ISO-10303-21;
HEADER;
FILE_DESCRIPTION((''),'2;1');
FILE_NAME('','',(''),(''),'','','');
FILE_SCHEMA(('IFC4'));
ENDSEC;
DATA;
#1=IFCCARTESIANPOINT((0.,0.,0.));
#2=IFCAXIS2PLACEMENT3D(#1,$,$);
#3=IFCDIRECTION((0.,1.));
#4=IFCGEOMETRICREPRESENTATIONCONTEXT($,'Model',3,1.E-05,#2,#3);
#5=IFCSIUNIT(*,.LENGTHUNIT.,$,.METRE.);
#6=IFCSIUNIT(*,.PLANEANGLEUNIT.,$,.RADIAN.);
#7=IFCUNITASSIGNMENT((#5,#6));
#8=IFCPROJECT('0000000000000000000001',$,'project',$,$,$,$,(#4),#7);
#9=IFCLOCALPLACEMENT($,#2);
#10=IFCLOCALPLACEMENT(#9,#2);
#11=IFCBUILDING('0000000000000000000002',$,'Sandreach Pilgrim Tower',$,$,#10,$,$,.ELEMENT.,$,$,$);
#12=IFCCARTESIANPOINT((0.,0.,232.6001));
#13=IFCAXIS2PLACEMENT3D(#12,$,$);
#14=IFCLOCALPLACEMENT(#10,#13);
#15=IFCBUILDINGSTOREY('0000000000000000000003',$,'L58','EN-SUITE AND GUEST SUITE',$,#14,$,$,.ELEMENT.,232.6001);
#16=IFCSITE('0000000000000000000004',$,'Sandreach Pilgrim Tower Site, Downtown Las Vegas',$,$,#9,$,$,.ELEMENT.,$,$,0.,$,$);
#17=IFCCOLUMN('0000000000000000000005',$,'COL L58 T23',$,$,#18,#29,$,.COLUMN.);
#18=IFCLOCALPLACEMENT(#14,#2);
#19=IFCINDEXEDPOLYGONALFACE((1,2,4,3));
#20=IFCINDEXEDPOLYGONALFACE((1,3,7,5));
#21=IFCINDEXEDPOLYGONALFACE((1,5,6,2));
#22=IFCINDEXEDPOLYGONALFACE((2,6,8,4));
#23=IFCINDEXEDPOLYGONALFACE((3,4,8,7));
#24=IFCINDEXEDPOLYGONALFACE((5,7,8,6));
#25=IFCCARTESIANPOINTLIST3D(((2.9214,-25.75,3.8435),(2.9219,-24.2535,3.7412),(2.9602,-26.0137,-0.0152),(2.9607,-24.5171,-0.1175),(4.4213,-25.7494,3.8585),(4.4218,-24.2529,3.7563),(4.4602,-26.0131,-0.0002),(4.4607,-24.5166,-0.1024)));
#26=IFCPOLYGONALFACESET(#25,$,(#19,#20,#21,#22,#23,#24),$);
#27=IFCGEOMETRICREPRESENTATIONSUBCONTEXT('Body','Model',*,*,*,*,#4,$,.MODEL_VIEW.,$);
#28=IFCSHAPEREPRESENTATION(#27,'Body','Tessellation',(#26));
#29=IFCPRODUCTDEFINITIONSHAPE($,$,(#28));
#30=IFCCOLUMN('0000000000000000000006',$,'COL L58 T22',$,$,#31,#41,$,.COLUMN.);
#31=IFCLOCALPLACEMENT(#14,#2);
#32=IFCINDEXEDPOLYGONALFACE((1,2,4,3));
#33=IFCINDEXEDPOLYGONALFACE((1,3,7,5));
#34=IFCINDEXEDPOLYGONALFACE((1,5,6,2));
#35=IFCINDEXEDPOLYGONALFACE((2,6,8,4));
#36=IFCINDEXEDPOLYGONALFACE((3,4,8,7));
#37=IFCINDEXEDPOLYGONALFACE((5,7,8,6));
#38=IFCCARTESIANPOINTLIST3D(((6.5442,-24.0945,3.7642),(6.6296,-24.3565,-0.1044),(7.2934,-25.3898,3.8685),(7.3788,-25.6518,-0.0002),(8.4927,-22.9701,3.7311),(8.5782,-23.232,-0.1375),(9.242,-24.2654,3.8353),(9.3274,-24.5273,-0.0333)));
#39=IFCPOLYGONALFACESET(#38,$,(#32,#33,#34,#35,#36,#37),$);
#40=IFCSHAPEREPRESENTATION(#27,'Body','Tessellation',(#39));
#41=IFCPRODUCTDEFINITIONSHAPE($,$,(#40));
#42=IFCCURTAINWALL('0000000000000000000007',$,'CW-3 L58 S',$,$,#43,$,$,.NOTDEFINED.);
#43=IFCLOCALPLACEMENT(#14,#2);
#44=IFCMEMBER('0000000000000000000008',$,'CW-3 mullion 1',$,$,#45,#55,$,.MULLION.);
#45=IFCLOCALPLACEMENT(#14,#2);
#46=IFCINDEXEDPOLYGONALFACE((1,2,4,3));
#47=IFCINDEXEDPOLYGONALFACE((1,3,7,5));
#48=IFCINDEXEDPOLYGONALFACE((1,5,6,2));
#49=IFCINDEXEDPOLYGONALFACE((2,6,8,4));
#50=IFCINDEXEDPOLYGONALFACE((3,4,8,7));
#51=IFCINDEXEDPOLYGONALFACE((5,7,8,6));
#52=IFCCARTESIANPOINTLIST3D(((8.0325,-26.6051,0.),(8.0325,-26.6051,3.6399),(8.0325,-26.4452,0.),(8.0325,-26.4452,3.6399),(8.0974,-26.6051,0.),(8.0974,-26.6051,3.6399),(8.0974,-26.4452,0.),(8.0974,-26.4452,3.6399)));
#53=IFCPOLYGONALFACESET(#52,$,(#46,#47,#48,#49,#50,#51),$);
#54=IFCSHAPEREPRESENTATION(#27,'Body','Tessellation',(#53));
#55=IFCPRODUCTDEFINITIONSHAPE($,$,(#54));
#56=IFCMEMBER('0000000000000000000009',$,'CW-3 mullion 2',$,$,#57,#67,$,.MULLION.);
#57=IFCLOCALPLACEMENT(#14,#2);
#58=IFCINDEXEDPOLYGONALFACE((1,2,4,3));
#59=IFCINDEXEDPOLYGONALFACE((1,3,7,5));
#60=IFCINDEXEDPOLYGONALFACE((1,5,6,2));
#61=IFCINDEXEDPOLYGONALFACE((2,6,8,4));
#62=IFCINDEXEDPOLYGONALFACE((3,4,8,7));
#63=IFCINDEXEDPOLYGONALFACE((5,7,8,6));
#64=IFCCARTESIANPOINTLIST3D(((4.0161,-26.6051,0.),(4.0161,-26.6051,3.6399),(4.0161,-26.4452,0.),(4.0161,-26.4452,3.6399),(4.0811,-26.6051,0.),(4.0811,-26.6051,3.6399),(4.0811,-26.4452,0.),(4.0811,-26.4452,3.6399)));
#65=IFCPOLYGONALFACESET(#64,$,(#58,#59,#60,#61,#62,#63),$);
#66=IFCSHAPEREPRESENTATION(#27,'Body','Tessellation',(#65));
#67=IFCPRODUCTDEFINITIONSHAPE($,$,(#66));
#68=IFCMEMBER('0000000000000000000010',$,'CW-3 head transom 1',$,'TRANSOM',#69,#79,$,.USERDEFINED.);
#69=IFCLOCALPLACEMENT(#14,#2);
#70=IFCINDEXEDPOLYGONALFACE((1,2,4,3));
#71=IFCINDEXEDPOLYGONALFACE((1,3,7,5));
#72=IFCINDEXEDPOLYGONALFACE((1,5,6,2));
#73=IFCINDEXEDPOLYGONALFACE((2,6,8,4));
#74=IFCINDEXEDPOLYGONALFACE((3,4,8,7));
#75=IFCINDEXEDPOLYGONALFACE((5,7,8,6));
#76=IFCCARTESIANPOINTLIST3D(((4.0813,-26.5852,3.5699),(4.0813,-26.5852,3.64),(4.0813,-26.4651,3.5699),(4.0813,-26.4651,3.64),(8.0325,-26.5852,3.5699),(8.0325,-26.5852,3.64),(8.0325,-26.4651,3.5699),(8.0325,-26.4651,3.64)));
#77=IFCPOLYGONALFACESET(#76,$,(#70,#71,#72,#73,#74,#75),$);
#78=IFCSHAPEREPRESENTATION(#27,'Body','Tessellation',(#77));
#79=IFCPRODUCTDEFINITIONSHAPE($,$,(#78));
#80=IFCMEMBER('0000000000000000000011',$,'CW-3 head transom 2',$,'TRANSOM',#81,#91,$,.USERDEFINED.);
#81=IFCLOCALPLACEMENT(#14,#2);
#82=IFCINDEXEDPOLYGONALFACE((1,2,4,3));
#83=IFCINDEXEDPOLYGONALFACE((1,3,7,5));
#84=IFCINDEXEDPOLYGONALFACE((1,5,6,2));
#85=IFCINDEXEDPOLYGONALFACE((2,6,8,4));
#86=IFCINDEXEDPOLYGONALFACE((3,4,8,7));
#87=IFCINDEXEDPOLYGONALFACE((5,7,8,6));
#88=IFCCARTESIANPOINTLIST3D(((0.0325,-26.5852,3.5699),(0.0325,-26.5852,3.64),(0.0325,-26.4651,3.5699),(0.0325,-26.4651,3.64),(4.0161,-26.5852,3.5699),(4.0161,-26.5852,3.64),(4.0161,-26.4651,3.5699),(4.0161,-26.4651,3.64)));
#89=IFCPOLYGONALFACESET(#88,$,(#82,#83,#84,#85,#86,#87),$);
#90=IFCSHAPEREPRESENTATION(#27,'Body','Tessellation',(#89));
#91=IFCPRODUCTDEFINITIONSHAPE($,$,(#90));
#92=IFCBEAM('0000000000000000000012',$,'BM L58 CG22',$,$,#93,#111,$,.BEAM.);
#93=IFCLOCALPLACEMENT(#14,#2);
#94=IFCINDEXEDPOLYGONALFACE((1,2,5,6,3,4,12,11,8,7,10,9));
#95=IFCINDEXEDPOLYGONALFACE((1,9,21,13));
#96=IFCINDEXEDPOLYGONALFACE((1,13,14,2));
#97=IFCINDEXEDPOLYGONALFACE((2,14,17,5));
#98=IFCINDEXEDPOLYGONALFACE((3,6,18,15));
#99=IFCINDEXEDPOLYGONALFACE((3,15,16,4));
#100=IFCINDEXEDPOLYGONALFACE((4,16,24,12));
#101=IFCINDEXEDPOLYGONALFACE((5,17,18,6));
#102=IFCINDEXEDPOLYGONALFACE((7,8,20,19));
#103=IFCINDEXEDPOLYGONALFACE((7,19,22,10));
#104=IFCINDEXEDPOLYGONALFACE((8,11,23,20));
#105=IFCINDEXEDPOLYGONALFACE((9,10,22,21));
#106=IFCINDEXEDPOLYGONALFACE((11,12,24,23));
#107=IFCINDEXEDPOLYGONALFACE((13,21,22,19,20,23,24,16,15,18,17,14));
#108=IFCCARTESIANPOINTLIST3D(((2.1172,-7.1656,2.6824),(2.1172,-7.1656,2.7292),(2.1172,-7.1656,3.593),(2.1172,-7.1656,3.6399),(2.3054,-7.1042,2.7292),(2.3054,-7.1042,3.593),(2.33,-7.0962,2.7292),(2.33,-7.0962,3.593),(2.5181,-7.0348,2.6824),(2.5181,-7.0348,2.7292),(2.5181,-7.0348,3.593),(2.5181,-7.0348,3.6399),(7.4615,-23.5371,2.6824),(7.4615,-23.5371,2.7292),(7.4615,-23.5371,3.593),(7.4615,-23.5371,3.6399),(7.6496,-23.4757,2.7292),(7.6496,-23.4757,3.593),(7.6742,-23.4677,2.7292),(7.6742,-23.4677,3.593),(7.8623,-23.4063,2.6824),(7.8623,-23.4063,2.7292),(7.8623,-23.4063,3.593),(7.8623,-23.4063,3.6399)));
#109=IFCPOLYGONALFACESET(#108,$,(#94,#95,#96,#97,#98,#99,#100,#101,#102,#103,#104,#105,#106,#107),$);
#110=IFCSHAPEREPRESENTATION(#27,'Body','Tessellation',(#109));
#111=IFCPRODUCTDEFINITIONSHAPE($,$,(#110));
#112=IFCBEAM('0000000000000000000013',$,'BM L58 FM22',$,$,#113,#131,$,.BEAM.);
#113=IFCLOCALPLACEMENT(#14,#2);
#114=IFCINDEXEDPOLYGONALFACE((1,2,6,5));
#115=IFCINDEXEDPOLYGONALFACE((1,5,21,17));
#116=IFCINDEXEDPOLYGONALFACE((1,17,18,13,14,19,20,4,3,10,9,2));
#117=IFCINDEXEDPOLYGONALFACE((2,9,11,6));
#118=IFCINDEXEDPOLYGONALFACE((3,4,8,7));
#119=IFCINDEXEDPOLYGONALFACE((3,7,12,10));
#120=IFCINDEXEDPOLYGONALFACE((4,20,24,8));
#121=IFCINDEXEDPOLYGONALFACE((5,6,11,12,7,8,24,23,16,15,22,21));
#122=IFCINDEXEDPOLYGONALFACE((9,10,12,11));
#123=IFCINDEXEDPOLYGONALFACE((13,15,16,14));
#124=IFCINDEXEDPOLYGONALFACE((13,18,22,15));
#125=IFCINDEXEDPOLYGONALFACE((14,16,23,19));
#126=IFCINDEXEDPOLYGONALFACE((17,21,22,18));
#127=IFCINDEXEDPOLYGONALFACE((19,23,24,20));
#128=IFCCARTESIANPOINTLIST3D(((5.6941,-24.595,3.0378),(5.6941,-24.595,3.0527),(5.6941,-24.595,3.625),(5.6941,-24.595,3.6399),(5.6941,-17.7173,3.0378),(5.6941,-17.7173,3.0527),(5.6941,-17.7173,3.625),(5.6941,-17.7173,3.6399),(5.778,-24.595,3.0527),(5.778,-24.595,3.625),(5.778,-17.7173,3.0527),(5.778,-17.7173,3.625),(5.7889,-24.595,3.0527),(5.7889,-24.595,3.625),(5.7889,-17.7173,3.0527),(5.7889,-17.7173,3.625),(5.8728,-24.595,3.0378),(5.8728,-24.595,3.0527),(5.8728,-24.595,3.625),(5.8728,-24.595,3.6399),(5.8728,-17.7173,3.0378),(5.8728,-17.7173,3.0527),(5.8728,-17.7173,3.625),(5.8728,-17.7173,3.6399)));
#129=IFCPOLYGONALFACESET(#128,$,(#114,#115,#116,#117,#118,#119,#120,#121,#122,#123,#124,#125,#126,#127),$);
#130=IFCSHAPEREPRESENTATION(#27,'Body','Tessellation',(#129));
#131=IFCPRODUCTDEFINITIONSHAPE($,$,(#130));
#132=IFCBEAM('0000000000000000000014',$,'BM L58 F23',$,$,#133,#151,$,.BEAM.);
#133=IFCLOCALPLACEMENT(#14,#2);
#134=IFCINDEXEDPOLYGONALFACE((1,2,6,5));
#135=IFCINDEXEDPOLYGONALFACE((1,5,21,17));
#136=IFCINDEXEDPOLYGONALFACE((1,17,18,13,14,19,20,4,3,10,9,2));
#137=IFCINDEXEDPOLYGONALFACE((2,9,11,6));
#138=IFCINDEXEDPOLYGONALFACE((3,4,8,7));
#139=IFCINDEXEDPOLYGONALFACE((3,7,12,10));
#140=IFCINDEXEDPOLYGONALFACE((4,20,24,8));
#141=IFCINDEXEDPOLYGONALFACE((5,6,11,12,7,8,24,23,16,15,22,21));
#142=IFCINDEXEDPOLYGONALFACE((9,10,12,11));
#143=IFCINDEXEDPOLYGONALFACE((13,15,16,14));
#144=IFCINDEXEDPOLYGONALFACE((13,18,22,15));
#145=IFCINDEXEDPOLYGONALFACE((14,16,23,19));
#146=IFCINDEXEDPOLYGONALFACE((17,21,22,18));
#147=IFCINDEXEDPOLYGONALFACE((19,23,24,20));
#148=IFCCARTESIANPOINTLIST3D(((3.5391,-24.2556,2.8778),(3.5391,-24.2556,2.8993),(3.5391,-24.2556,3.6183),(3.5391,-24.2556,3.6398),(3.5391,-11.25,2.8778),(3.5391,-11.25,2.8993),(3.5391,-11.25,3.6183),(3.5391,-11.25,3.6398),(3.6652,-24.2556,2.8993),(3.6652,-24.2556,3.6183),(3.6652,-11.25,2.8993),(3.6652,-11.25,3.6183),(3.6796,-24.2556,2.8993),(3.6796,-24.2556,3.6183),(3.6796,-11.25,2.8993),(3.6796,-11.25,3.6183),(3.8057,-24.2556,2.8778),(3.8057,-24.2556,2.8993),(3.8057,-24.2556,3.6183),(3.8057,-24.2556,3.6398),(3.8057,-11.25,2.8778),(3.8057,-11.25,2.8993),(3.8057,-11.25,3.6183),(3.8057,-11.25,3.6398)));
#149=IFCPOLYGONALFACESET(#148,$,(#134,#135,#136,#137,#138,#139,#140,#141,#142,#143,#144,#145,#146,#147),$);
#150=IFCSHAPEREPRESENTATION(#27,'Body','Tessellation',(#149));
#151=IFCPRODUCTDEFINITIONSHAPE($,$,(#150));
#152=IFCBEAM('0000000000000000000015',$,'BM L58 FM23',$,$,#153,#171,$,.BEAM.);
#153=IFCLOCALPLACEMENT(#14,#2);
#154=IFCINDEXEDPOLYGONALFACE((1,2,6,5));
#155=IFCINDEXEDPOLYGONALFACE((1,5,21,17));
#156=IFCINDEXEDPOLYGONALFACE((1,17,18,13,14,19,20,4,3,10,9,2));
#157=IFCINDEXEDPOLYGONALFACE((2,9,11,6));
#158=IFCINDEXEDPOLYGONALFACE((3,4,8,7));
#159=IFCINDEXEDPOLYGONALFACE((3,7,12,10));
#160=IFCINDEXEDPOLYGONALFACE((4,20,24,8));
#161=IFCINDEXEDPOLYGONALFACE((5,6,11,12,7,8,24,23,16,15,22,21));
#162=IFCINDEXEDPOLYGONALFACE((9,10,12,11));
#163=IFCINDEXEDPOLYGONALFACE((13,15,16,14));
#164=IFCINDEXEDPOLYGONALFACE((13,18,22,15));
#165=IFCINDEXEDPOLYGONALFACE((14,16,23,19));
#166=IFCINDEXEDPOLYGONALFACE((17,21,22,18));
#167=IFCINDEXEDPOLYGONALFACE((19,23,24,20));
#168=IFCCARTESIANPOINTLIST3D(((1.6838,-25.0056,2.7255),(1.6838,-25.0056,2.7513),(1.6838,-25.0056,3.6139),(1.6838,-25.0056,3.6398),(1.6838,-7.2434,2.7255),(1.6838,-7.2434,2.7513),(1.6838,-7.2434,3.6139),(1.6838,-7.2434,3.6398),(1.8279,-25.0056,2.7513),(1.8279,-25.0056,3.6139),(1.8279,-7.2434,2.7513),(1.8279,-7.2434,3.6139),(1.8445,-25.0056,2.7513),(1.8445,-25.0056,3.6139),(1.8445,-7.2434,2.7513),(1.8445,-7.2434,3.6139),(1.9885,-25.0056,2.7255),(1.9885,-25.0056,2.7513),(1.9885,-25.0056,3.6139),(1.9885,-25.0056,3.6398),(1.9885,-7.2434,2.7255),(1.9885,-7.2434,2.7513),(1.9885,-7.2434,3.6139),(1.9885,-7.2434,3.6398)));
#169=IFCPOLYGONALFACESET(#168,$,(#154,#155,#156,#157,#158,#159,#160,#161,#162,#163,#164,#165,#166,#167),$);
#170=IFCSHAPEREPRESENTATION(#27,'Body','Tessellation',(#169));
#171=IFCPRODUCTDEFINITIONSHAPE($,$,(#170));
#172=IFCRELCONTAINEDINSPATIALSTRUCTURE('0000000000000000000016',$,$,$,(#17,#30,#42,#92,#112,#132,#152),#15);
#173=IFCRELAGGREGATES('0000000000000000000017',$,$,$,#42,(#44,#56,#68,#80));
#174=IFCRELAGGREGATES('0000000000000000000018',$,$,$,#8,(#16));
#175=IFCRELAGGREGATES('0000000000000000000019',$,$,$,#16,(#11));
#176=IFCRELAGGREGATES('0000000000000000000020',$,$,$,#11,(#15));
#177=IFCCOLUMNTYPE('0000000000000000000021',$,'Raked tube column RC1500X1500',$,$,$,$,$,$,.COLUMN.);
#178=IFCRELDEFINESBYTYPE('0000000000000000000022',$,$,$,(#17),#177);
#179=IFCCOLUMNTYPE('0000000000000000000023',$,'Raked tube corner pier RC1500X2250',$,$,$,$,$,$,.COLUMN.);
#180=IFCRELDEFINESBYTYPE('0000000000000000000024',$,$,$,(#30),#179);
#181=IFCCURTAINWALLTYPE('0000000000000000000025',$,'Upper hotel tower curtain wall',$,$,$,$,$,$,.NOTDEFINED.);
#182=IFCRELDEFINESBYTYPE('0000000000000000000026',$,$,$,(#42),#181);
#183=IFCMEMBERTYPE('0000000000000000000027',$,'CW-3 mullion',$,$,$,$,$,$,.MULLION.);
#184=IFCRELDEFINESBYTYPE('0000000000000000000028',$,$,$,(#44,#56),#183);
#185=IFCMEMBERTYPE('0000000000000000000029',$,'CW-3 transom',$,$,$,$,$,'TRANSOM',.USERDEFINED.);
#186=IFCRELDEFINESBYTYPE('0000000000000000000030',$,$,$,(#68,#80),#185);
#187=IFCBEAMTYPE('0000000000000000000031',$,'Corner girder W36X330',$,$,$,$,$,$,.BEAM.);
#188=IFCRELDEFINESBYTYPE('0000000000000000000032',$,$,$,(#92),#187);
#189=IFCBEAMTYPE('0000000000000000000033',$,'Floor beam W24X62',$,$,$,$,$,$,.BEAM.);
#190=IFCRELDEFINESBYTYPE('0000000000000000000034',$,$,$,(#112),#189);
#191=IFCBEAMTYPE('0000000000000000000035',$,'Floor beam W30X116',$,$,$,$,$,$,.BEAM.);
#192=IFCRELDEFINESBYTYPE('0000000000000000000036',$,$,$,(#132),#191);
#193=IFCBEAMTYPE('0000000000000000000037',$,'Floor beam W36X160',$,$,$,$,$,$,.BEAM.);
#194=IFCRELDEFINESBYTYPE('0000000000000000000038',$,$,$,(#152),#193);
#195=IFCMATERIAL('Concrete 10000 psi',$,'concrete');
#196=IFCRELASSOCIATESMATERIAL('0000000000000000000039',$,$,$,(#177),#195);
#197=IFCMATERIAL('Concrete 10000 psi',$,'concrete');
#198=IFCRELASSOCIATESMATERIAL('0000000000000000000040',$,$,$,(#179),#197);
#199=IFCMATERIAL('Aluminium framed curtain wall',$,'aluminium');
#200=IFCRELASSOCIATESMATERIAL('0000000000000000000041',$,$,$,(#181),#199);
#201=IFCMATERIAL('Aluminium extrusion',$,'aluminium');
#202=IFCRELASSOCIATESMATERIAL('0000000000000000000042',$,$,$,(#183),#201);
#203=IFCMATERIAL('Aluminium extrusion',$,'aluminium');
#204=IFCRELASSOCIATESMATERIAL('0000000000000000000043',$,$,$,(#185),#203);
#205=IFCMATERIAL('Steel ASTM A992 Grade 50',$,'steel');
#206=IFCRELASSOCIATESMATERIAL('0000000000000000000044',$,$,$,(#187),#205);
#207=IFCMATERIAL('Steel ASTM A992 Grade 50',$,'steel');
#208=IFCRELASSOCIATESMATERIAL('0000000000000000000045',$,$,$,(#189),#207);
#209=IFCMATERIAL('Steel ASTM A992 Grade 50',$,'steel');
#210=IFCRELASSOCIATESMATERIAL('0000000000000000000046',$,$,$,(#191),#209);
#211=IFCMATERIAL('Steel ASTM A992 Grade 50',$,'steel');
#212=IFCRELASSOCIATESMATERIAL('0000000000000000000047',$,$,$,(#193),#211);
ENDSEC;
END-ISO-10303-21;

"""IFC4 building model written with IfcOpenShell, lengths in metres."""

from ifc_helpers import new_model, si_unit, direction, frame, origin, origin_2d, place, context, subcontext, project, spatial, rectangle, i_section, extrude, material, material_profile, profile_set, type_object, element, aggregate, save


model = new_model("IFC4")

# Units and contexts
model_context = context("Model", 3, precision=1e-05, world=origin(), true_north=direction((0.0, 1.0)))
body_context = subcontext(model_context, "Body", "Model", "MODEL_VIEW")
ifc_project = project(units=[si_unit("LENGTHUNIT", "METRE"), si_unit("PLANEANGLEUNIT", "RADIAN")], contexts=[model_context])

# Site, building, storey
site_placement = place(None, origin())
site = spatial("IfcSite", under=ifc_project, at=site_placement, Name="Sandreach Pilgrim Tower Site, Downtown Las Vegas", CompositionType="ELEMENT", RefElevation=0.0)
building_placement = place(site_placement, origin())
building = spatial("IfcBuilding", under=site, at=building_placement, Name="Sandreach Pilgrim Tower", CompositionType="ELEMENT")
storey_placement = place(building_placement, frame((0.0, 0.0, 232.6001)))
storey = spatial("IfcBuildingStorey", under=building, at=storey_placement, Name="L58", Description="EN-SUITE AND GUEST SUITE", CompositionType="ELEMENT", Elevation=232.6001)

# Columns
ifc_material_1 = material(Name="Concrete 10000 psi", Category="concrete")
ifc_material_profile_1 = material_profile(ifc_material_1, rectangle(XDim=1.5, YDim=1.5, at=origin_2d()), Name="RC1500X1500")
ifc_profile_set_1 = profile_set([ifc_material_profile_1], Name="Concrete 10000 psi")
column_type_1 = type_object("IfcColumnType", Name="Raked tube column RC1500X1500", PredefinedType="COLUMN", material=ifc_profile_set_1)
column_1_placement = place(storey_placement, frame((3.7104, -25.2651, -0.0588), z_axis=(-0.010036, 0.06817, 0.997623), x_axis=(-0.000329, -0.997674, 0.068171)))
element("IfcColumn", 1, at=column_1_placement, inside=storey, type_object=column_type_1, Name="COL L58 T23", PredefinedType="COLUMN", context=body_context, shape_type="SweptSolid", body=[
    extrude(rectangle(XDim=1.5, YDim=1.5, at=origin_2d()), origin(), (0.0, 0.0, 1.0), 3.8679),
])
ifc_material_2 = material(Name="Concrete 10000 psi", Category="concrete")
ifc_material_profile_2 = material_profile(ifc_material_2, rectangle(XDim=1.5, YDim=2.25, at=origin_2d()), Name="RC1500X2250")
ifc_profile_set_2 = profile_set([ifc_material_profile_2], Name="Concrete 10000 psi")
column_type_2 = type_object("IfcColumnType", Name="Raked tube corner pier RC1500X2250", PredefinedType="COLUMN", material=ifc_profile_set_2)
column_2_placement = place(storey_placement, frame((7.9785, -24.4419, -0.0688), z_axis=(-0.022032, 0.067543, 0.997473), x_axis=(0.49949, -0.863527, 0.069506)))
element("IfcColumn", 2, at=column_2_placement, inside=storey, type_object=column_type_2, Name="COL L58 T22", PredefinedType="COLUMN", context=body_context, shape_type="SweptSolid", body=[
    extrude(rectangle(XDim=1.5, YDim=2.25, at=origin_2d()), origin(), (0.0, 0.0, 1.0), 3.8784),
])

# Curtain wall, members
ifc_material_3 = material(Name="Aluminium framed curtain wall", Category="aluminium")
curtain_wall_type = type_object("IfcCurtainWallType", Name="Upper hotel tower curtain wall", PredefinedType="NOTDEFINED", material=ifc_material_3)
curtain_wall_placement = place(storey_placement, origin())
curtain_wall = element("IfcCurtainWall", 3, at=curtain_wall_placement, inside=storey, type_object=curtain_wall_type, Name="CW-3 L58 S", PredefinedType="NOTDEFINED")
ifc_material_4 = material(Name="Aluminium extrusion", Category="aluminium")
ifc_material_profile_3 = material_profile(ifc_material_4, rectangle(XDim=0.0649, YDim=0.1599, at=origin_2d()), Name="CW-3M 65X160")
ifc_profile_set_3 = profile_set([ifc_material_profile_3], Name="Aluminium extrusion")
member_type_1 = type_object("IfcMemberType", Name="CW-3 mullion", PredefinedType="MULLION", material=ifc_profile_set_3)
member_1_placement = place(storey_placement, frame((8.0649, -26.5251, 0.0), z_axis=(0.0, 0.0, 1.0), x_axis=(-1.0, 0.0, 0.0)))
member_1 = element("IfcMember", 4, at=member_1_placement, type_object=member_type_1, Name="CW-3 mullion 1", PredefinedType="MULLION", context=body_context, shape_type="SweptSolid", body=[
    extrude(rectangle(XDim=0.0649, YDim=0.1599, at=origin_2d()), origin(), (0.0, 0.0, 1.0), 3.6399),
])
member_2_placement = place(storey_placement, frame((4.0486, -26.5251, 0.0), z_axis=(0.0, 0.0, 1.0), x_axis=(-1.0, 0.0, 0.0)))
member_2 = element("IfcMember", 5, at=member_2_placement, type_object=member_type_1, Name="CW-3 mullion 2", PredefinedType="MULLION", context=body_context, shape_type="SweptSolid", body=[
    extrude(rectangle(XDim=0.0649, YDim=0.1599, at=origin_2d()), origin(), (0.0, 0.0, 1.0), 3.6399),
])
ifc_material_5 = material(Name="Aluminium extrusion", Category="aluminium")
ifc_material_profile_4 = material_profile(ifc_material_5, rectangle(XDim=0.1201, YDim=0.0701, at=origin_2d()), Name="CW-3T 120X70")
ifc_profile_set_4 = profile_set([ifc_material_profile_4], Name="Aluminium extrusion")
member_type_2 = type_object("IfcMemberType", Name="CW-3 transom", ElementType="TRANSOM", PredefinedType="USERDEFINED", material=ifc_profile_set_4)
member_3_placement = place(storey_placement, frame((8.0325, -26.5251, 3.605), z_axis=(-1.0, 0.0, 0.0), x_axis=(0.0, -1.0, 0.0)))
member_3 = element("IfcMember", 6, at=member_3_placement, type_object=member_type_2, Name="CW-3 head transom 1", ObjectType="TRANSOM", PredefinedType="USERDEFINED", context=body_context, shape_type="SweptSolid", body=[
    extrude(rectangle(XDim=0.1201, YDim=0.0701, at=origin_2d()), origin(), (0.0, 0.0, 1.0), 3.9512),
])
member_4_placement = place(storey_placement, frame((4.0161, -26.5251, 3.605), z_axis=(-1.0, 0.0, 0.0), x_axis=(0.0, -1.0, 0.0)))
member_4 = element("IfcMember", 7, at=member_4_placement, type_object=member_type_2, Name="CW-3 head transom 2", ObjectType="TRANSOM", PredefinedType="USERDEFINED", context=body_context, shape_type="SweptSolid", body=[
    extrude(rectangle(XDim=0.1201, YDim=0.0701, at=origin_2d()), origin(), (0.0, 0.0, 1.0), 3.9836),
])

# Beams
ifc_material_6 = material(Name="Steel ASTM A992 Grade 50", Category="steel")
ifc_material_profile_5 = material_profile(ifc_material_6, i_section(OverallWidth=0.4216, OverallDepth=0.9575, WebThickness=0.0259, FlangeThickness=0.0469, at=origin_2d()), Name="W36X330")
ifc_profile_set_5 = profile_set([ifc_material_profile_5], Name="Steel ASTM A992 Grade 50")
beam_type_1 = type_object("IfcBeamType", Name="Corner girder W36X330", PredefinedType="BEAM", material=ifc_profile_set_5)
beam_1_placement = place(storey_placement, frame((7.6619, -23.4717, 3.1611), z_axis=(-0.310319, 0.950633, 0.0), x_axis=(-0.950633, -0.310319, 0.0)))
element("IfcBeam", 8, at=beam_1_placement, inside=storey, type_object=beam_type_1, Name="BM L58 CG22", PredefinedType="BEAM", context=body_context, shape_type="SweptSolid", body=[
    extrude(i_section(OverallWidth=0.4216, OverallDepth=0.9575, WebThickness=0.0259, FlangeThickness=0.0469, at=origin_2d()), origin(), (0.0, 0.0, 1.0), 17.2217),
])
ifc_material_7 = material(Name="Steel ASTM A992 Grade 50", Category="steel")
ifc_material_profile_6 = material_profile(ifc_material_7, i_section(OverallWidth=0.1787, OverallDepth=0.6021, WebThickness=0.011, FlangeThickness=0.0149, at=origin_2d()), Name="W24X62")
ifc_profile_set_6 = profile_set([ifc_material_profile_6], Name="Steel ASTM A992 Grade 50")
beam_type_2 = type_object("IfcBeamType", Name="Floor beam W24X62", PredefinedType="BEAM", material=ifc_profile_set_6)
beam_2_placement = place(storey_placement, frame((5.7834, -24.595, 3.3389), z_axis=(0.0, 1.0, 0.0), x_axis=(-1.0, 0.0, 0.0)))
element("IfcBeam", 9, at=beam_2_placement, inside=storey, type_object=beam_type_2, Name="BM L58 FM22", PredefinedType="BEAM", context=body_context, shape_type="SweptSolid", body=[
    extrude(i_section(OverallWidth=0.1787, OverallDepth=0.6021, WebThickness=0.011, FlangeThickness=0.0149, at=origin_2d()), origin(), (0.0, 0.0, 1.0), 6.8777),
])
ifc_material_8 = material(Name="Steel ASTM A992 Grade 50", Category="steel")
ifc_material_profile_7 = material_profile(ifc_material_8, i_section(OverallWidth=0.2666, OverallDepth=0.762, WebThickness=0.0144, FlangeThickness=0.0215, at=origin_2d()), Name="W30X116")
ifc_profile_set_7 = profile_set([ifc_material_profile_7], Name="Steel ASTM A992 Grade 50")
beam_type_3 = type_object("IfcBeamType", Name="Floor beam W30X116", PredefinedType="BEAM", material=ifc_profile_set_7)
beam_3_placement = place(storey_placement, frame((3.6724, -24.2556, 3.2588), z_axis=(0.0, 1.0, 0.0), x_axis=(-1.0, 0.0, 0.0)))
element("IfcBeam", 10, at=beam_3_placement, inside=storey, type_object=beam_type_3, Name="BM L58 F23", PredefinedType="BEAM", context=body_context, shape_type="SweptSolid", body=[
    extrude(i_section(OverallWidth=0.2666, OverallDepth=0.762, WebThickness=0.0144, FlangeThickness=0.0215, at=origin_2d()), origin(), (0.0, 0.0, 1.0), 13.0056),
])
ifc_material_9 = material(Name="Steel ASTM A992 Grade 50", Category="steel")
ifc_material_profile_8 = material_profile(ifc_material_9, i_section(OverallWidth=0.3047, OverallDepth=0.9143, WebThickness=0.0166, FlangeThickness=0.0259, at=origin_2d()), Name="W36X160")
ifc_profile_set_8 = profile_set([ifc_material_profile_8], Name="Steel ASTM A992 Grade 50")
beam_type_4 = type_object("IfcBeamType", Name="Floor beam W36X160", PredefinedType="BEAM", material=ifc_profile_set_8)
beam_4_placement = place(storey_placement, frame((1.8362, -25.0056, 3.1826), z_axis=(0.0, 1.0, 0.0), x_axis=(-1.0, 0.0, 0.0)))
element("IfcBeam", 11, at=beam_4_placement, inside=storey, type_object=beam_type_4, Name="BM L58 FM23", PredefinedType="BEAM", context=body_context, shape_type="SweptSolid", body=[
    extrude(i_section(OverallWidth=0.3047, OverallDepth=0.9143, WebThickness=0.0166, FlangeThickness=0.0259, at=origin_2d()), origin(), (0.0, 0.0, 1.0), 17.7622),
])

aggregate(curtain_wall, [member_1, member_2, member_3, member_4])

save(model, "model.ifc")
